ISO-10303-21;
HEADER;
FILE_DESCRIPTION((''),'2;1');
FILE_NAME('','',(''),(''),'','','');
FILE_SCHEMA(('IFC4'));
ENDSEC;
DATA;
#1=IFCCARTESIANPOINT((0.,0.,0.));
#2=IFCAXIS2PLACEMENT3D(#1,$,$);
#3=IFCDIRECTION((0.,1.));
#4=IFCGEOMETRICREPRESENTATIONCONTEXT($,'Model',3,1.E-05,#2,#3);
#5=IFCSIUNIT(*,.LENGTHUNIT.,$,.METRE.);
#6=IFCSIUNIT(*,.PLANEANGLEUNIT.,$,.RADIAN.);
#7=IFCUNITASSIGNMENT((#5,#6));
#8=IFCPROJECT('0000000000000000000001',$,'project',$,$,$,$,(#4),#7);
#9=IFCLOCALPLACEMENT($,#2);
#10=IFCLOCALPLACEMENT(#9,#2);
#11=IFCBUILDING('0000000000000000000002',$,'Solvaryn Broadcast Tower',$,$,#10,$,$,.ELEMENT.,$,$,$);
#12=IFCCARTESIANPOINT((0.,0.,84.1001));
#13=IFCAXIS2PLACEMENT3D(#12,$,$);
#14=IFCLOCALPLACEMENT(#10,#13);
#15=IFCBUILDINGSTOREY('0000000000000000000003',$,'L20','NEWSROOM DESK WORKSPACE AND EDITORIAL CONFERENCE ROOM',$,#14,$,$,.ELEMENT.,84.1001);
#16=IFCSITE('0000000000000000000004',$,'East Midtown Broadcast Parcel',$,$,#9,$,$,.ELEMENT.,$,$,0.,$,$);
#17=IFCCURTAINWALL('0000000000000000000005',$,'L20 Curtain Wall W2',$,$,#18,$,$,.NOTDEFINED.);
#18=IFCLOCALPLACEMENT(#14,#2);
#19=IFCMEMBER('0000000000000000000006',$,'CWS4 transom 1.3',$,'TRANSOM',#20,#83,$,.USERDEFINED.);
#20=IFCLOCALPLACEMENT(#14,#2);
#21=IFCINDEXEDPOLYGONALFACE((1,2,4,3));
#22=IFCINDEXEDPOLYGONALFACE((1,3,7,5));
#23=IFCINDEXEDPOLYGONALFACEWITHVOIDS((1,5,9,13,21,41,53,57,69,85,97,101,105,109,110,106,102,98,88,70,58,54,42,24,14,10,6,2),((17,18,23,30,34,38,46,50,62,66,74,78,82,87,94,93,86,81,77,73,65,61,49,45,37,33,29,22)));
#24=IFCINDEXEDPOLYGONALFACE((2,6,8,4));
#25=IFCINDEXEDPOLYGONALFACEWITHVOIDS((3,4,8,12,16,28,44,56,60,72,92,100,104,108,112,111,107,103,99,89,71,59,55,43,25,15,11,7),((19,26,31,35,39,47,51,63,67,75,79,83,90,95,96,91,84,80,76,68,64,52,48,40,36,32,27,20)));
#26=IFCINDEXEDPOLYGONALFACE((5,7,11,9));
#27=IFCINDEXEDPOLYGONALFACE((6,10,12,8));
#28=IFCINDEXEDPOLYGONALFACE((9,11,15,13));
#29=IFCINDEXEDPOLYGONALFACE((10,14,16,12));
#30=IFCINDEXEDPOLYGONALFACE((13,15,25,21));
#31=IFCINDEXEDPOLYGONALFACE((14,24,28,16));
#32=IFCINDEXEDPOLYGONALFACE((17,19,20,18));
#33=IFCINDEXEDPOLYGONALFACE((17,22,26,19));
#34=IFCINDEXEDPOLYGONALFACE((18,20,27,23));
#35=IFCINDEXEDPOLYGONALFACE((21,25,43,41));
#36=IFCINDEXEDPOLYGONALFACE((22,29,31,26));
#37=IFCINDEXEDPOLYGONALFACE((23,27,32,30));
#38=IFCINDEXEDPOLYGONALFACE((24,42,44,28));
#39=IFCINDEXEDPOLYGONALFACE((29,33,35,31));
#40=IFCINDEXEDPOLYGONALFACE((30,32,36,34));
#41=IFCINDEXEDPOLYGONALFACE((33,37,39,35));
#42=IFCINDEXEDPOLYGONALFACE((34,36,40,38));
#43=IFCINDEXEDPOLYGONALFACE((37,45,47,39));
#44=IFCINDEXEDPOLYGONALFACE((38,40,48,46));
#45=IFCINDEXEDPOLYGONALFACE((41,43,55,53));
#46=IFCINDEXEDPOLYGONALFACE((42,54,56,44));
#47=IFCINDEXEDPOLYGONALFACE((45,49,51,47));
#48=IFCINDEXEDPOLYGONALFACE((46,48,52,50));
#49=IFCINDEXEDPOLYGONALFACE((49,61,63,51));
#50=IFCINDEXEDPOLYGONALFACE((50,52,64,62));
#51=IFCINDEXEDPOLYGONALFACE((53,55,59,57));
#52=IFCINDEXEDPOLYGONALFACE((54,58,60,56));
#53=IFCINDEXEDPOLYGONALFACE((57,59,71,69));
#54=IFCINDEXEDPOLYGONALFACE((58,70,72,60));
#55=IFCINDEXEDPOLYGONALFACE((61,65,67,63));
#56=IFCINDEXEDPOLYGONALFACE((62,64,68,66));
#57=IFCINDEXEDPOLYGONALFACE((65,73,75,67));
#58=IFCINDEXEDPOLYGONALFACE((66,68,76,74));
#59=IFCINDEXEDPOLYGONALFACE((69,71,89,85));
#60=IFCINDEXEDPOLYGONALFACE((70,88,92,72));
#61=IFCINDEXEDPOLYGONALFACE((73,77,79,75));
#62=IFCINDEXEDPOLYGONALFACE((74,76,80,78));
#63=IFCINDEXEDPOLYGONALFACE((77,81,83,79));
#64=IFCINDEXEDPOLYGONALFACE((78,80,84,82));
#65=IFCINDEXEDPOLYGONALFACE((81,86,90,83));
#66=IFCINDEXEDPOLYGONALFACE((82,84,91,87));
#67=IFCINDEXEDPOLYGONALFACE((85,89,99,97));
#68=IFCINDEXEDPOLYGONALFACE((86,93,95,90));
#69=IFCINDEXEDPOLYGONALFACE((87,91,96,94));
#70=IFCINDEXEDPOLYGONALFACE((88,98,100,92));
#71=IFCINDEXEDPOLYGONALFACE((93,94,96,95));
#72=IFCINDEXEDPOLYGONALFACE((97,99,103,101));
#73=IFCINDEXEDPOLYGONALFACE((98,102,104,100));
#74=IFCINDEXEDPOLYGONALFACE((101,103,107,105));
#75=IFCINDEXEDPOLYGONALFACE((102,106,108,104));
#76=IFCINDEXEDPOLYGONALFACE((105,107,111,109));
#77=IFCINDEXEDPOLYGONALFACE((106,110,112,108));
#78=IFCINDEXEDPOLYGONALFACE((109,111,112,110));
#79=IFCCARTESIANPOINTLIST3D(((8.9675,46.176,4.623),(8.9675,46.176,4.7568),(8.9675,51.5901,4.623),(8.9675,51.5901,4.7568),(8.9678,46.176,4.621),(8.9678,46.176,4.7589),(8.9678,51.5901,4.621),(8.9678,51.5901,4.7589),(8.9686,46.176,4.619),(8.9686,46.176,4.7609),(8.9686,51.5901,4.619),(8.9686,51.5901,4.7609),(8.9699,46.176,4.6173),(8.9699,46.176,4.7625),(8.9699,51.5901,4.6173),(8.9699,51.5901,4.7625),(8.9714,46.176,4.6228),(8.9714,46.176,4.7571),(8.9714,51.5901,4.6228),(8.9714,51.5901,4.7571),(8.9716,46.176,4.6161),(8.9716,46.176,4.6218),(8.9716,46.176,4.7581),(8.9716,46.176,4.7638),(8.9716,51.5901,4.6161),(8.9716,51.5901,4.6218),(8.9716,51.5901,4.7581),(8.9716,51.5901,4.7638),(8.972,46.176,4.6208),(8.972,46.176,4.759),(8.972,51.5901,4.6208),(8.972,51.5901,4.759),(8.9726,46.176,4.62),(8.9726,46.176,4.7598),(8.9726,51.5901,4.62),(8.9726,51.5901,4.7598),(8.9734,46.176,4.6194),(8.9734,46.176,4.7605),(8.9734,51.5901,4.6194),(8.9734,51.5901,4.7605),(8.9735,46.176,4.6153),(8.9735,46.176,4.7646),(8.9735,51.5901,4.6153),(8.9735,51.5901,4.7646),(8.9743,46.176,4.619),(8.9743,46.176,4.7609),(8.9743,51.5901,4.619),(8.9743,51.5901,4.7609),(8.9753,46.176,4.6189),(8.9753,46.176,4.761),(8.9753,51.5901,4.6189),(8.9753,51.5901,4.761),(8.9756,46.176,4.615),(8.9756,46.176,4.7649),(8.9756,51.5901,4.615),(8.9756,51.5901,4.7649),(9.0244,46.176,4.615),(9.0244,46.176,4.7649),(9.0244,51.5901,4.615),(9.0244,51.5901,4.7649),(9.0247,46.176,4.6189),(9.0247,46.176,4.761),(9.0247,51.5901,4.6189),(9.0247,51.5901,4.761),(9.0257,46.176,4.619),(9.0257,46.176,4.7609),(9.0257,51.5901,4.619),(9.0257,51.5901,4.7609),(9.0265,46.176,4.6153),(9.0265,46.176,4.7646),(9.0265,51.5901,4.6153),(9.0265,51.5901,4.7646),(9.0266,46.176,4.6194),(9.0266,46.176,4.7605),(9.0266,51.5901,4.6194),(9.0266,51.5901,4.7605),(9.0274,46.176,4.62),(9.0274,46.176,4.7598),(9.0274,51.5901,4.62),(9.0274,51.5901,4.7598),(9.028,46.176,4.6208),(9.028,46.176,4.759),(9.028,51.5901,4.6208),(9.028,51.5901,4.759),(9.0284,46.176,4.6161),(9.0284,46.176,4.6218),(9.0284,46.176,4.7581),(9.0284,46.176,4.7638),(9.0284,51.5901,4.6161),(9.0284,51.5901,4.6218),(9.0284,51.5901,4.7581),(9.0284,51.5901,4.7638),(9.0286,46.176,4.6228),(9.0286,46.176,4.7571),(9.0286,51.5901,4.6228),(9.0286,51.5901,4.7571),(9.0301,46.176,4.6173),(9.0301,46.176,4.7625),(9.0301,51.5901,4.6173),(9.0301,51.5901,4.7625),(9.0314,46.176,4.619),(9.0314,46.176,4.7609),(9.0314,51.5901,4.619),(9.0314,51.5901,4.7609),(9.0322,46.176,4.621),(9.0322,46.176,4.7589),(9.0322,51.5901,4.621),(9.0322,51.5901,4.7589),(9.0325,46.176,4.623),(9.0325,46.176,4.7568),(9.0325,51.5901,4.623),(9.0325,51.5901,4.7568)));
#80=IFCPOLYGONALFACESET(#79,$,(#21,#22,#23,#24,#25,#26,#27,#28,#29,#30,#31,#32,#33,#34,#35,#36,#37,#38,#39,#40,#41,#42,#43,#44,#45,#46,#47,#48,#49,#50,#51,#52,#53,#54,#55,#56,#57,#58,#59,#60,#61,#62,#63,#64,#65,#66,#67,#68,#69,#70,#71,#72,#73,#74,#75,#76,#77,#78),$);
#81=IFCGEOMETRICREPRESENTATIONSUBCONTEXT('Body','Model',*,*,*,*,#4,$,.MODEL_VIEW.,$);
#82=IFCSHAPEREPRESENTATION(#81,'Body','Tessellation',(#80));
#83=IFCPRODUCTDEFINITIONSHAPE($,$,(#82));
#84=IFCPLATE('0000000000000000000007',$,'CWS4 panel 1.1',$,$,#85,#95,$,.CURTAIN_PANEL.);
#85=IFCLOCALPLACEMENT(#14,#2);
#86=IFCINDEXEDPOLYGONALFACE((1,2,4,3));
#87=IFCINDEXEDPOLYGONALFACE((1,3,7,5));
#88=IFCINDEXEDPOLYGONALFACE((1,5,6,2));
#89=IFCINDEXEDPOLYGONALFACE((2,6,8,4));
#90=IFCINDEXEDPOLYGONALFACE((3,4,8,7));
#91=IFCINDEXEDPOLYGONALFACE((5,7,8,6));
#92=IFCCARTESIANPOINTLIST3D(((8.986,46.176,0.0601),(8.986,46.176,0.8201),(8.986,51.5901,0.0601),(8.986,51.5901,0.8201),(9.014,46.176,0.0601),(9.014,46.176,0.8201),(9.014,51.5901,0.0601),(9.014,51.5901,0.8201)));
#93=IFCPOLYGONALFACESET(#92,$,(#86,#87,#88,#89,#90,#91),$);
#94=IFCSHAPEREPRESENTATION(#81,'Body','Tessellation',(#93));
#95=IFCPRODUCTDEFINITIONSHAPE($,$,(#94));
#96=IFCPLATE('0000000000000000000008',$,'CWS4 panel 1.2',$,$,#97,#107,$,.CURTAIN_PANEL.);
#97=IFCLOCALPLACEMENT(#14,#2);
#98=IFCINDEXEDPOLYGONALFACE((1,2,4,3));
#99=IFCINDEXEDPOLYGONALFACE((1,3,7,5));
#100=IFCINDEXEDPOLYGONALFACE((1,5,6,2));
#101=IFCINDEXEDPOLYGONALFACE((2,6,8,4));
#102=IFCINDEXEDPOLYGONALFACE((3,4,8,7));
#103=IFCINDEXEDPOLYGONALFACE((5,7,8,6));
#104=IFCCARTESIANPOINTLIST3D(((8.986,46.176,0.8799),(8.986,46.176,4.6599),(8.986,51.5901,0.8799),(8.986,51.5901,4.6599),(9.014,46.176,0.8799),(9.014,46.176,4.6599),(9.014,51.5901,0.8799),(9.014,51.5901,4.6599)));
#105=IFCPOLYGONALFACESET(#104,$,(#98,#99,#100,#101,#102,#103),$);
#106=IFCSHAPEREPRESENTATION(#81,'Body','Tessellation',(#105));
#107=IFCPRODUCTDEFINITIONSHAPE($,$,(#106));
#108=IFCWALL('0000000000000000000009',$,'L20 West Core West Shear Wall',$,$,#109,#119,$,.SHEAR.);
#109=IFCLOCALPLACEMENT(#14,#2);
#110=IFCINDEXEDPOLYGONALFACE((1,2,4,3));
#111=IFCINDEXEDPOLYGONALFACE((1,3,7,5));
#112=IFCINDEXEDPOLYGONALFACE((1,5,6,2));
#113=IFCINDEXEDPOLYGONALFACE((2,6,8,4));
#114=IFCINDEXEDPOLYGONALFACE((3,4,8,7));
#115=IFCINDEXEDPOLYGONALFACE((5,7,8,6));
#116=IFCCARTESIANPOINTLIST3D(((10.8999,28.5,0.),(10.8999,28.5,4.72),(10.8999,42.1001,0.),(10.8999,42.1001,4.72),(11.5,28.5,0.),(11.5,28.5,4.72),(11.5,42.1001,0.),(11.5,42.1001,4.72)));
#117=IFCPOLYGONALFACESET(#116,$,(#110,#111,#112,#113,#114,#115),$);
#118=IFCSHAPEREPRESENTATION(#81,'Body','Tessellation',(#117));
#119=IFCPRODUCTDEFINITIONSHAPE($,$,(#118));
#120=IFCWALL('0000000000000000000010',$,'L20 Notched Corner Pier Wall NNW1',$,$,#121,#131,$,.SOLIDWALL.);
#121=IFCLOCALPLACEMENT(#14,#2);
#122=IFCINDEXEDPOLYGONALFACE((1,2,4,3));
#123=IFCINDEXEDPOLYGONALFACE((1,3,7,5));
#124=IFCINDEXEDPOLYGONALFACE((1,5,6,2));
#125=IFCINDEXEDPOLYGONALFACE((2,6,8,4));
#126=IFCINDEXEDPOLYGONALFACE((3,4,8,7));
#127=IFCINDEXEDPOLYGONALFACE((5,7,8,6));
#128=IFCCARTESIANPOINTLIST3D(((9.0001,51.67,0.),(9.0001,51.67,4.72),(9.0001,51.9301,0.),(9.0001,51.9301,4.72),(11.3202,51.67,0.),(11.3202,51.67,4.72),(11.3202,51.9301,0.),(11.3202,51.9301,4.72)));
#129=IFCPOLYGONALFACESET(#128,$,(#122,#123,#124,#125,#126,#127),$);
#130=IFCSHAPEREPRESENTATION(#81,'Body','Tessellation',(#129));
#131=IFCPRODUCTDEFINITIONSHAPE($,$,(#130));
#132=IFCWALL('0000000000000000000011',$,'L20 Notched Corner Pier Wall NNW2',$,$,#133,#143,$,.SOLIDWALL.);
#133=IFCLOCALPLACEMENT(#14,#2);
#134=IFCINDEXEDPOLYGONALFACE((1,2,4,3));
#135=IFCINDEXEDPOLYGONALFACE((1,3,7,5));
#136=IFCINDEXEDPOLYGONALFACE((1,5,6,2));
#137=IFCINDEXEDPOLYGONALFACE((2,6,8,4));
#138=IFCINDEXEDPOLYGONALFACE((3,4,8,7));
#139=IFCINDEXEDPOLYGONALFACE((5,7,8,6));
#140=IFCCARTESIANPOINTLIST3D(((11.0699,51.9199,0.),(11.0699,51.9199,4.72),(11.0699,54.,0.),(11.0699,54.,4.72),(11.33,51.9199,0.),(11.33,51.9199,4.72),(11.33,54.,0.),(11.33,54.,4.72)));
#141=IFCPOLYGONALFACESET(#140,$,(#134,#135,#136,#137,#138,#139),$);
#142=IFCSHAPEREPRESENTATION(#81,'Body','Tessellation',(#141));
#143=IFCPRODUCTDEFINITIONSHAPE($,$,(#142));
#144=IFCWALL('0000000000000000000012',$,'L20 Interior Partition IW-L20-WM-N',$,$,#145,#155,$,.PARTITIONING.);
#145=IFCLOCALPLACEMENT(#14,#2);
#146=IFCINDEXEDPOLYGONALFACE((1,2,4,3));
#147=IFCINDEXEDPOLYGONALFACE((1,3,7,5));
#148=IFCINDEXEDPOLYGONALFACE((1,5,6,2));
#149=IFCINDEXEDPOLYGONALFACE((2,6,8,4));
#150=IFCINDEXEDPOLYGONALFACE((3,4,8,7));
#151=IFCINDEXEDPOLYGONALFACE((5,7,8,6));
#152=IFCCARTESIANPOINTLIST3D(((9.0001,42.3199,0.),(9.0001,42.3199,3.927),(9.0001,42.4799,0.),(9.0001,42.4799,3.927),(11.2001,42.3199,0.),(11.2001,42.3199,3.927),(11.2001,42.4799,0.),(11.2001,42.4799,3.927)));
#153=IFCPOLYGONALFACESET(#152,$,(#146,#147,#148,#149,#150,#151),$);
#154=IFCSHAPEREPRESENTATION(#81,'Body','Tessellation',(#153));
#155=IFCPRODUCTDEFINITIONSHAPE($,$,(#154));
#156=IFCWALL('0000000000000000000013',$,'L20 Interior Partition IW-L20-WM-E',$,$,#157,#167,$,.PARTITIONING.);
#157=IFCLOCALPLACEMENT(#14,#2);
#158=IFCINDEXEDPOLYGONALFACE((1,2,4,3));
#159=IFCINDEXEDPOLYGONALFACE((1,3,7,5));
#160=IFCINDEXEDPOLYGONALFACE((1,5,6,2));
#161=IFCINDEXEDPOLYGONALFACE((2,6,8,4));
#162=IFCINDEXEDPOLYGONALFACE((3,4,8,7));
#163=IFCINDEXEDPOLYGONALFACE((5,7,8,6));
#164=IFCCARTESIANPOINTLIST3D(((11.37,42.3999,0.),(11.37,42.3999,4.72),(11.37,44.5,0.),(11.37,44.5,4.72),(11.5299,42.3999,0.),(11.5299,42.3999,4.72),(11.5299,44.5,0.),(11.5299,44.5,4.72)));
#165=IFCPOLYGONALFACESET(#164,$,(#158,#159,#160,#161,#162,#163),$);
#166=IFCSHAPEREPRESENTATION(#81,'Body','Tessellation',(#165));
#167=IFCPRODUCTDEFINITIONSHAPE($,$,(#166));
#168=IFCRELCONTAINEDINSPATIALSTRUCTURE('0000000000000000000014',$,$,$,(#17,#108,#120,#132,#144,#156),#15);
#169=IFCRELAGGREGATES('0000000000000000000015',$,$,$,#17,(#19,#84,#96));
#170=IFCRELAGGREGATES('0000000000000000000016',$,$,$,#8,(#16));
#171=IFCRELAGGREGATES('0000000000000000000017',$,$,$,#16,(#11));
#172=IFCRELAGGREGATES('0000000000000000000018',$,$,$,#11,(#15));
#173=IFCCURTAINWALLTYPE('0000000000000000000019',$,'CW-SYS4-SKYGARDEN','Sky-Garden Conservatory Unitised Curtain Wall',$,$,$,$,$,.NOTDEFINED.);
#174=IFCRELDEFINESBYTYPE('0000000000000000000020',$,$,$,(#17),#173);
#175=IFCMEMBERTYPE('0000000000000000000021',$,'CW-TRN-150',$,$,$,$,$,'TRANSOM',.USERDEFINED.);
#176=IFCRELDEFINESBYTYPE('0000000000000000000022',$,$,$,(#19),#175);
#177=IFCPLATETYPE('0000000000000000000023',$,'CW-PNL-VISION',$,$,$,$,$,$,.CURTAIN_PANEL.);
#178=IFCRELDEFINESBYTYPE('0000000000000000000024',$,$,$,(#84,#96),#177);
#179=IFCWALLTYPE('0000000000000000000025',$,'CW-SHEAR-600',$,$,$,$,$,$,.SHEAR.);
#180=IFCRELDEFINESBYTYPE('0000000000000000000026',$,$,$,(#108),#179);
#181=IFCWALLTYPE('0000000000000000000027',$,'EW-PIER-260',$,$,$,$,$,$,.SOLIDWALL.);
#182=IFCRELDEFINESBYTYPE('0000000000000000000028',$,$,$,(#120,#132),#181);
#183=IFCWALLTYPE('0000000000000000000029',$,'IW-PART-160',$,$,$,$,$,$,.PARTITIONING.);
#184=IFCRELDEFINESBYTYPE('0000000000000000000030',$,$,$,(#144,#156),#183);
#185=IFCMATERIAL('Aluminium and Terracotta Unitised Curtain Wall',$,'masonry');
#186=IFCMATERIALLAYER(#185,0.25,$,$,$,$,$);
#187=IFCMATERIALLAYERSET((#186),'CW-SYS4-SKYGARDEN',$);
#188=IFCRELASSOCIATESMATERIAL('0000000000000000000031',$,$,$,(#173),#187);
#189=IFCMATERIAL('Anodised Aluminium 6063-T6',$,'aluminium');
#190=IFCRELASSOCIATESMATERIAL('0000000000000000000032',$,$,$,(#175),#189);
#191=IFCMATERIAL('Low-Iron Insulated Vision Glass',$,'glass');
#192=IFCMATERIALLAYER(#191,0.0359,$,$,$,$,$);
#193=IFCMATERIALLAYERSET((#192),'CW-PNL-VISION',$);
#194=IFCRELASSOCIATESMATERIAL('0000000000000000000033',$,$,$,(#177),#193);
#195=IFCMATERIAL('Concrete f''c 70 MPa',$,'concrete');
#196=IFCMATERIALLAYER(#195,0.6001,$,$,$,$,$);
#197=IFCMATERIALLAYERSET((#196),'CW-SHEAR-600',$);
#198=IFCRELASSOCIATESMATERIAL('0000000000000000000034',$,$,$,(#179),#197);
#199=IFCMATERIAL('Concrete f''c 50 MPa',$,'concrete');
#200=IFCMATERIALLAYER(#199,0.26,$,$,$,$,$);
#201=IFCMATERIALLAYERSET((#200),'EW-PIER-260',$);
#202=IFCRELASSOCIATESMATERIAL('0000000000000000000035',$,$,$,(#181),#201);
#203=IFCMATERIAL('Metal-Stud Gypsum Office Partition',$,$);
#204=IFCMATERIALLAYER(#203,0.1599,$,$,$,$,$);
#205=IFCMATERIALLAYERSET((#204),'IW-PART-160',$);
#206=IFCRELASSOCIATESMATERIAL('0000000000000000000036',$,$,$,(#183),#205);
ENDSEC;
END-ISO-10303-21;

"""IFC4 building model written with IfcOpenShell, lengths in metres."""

from ifc_helpers import new_model, si_unit, direction, frame, frame_2d, origin, origin_2d, place, context, subcontext, project, spatial, rectangle, hollow_rectangle, extrude, material, layer, layer_set, material_profile, profile_set, type_object, element, aggregate, save


model = new_model("IFC4")

# Units and contexts
model_context = context("Model", 3, precision=1e-05, world=origin(), true_north=direction((0.0, 1.0)))
body_context = subcontext(model_context, "Body", "Model", "MODEL_VIEW")
ifc_project = project(units=[si_unit("LENGTHUNIT", "METRE"), si_unit("PLANEANGLEUNIT", "RADIAN")], contexts=[model_context])

# Site, building, storey
site_placement = place(None, origin())
site = spatial("IfcSite", under=ifc_project, at=site_placement, Name="East Midtown Broadcast Parcel", CompositionType="ELEMENT", RefElevation=0.0)
building_placement = place(site_placement, origin())
building = spatial("IfcBuilding", under=site, at=building_placement, Name="Solvaryn Broadcast Tower", CompositionType="ELEMENT")
storey_placement = place(building_placement, frame((0.0, 0.0, 84.1001)))
storey = spatial("IfcBuildingStorey", under=building, at=storey_placement, Name="L20", Description="NEWSROOM DESK WORKSPACE AND EDITORIAL CONFERENCE ROOM", CompositionType="ELEMENT", Elevation=84.1001)

# Shared definitions
ifc_material_1 = material(Name="Aluminium and Terracotta Unitised Curtain Wall", Category="masonry")
ifc_layer_1 = layer(ifc_material_1, 0.25)
ifc_layer_set_1 = layer_set([ifc_layer_1], Name="CW-SYS4-SKYGARDEN")
curtain_wall_type = type_object("IfcCurtainWallType", Name="CW-SYS4-SKYGARDEN", Description="Sky-Garden Conservatory Unitised Curtain Wall", PredefinedType="NOTDEFINED", material=ifc_layer_set_1)

# Curtain wall
curtain_wall_1_placement = place(storey_placement, origin())
curtain_wall_1 = element("IfcCurtainWall", 1, at=curtain_wall_1_placement, inside=storey, type_object=curtain_wall_type, Name="L20 Curtain Wall W2", PredefinedType="NOTDEFINED")

# Member
ifc_material_2 = material(Name="Anodised Aluminium 6063-T6", Category="aluminium")
ifc_material_profile_1 = material_profile(ifc_material_2, hollow_rectangle(XDim=0.0649, YDim=0.1499, WallThickness=0.0039, InnerFilletRadius=0.0039, OuterFilletRadius=0.0081, at=origin_2d()))
ifc_profile_set_1 = profile_set([ifc_material_profile_1], Name="Anodised Aluminium 6063-T6")
member_type_1 = type_object("IfcMemberType", Name="CW-TRN-150", ElementType="TRANSOM", PredefinedType="USERDEFINED", material=ifc_profile_set_1)
member_1_placement = place(storey_placement, frame((9.0, 46.176, 4.6899), z_axis=(0.0, 1.0, 0.0), x_axis=(-1.0, 0.0, 0.0)))
member_1 = element("IfcMember", 2, at=member_1_placement, type_object=member_type_1, Name="CWS4 transom 1.3", ObjectType="TRANSOM", PredefinedType="USERDEFINED", context=body_context, shape_type="SweptSolid", body=[
    extrude(hollow_rectangle(XDim=0.0649, YDim=0.1499, WallThickness=0.0039, InnerFilletRadius=0.0039, OuterFilletRadius=0.0081, at=origin_2d()), origin(), (0.0, 0.0, 1.0), 5.4141),
])

# Plates
ifc_material_3 = material(Name="Low-Iron Insulated Vision Glass", Category="glass")
ifc_layer_2 = layer(ifc_material_3, 0.0359)
ifc_layer_set_2 = layer_set([ifc_layer_2], Name="CW-PNL-VISION")
plate_type = type_object("IfcPlateType", Name="CW-PNL-VISION", PredefinedType="CURTAIN_PANEL", material=ifc_layer_set_2)
plate_1_placement = place(storey_placement, frame((9.0, 48.8831, 0.0601), z_axis=(0.0, 0.0, 1.0), x_axis=(0.0, 1.0, 0.0)))
plate_1 = element("IfcPlate", 3, at=plate_1_placement, type_object=plate_type, Name="CWS4 panel 1.1", PredefinedType="CURTAIN_PANEL", context=body_context, shape_type="SweptSolid", body=[
    extrude(rectangle(XDim=5.4141, YDim=0.0281, at=origin_2d()), origin(), (0.0, 0.0, 1.0), 0.76),
])
plate_2_placement = place(storey_placement, frame((9.0, 48.8831, 0.8799), z_axis=(0.0, 0.0, 1.0), x_axis=(0.0, 1.0, 0.0)))
plate_2 = element("IfcPlate", 4, at=plate_2_placement, type_object=plate_type, Name="CWS4 panel 1.2", PredefinedType="CURTAIN_PANEL", context=body_context, shape_type="SweptSolid", body=[
    extrude(rectangle(XDim=5.4141, YDim=0.0281, at=origin_2d()), origin(), (0.0, 0.0, 1.0), 3.78),
])
aggregate(curtain_wall_1, [member_1, plate_1, plate_2])

# Walls
ifc_material_4 = material(Name="Concrete f'c 70 MPa", Category="concrete")
ifc_layer_3 = layer(ifc_material_4, 0.6001)
ifc_layer_set_3 = layer_set([ifc_layer_3], Name="CW-SHEAR-600")
wall_type_1 = type_object("IfcWallType", Name="CW-SHEAR-600", PredefinedType="SHEAR", material=ifc_layer_set_3)
wall_1_placement = place(storey_placement, frame((11.2, 42.1001, 0.0), z_axis=(0.0, 0.0, 1.0), x_axis=(0.0, -1.0, 0.0)))
element("IfcWall", 5, at=wall_1_placement, inside=storey, type_object=wall_type_1, Name="L20 West Core West Shear Wall", PredefinedType="SHEAR", context=body_context, shape_type="SweptSolid", body=[
    extrude(rectangle(XDim=13.6001, YDim=0.6001, at=frame_2d((6.8, 0.0))), origin(), (0.0, 0.0, 1.0), 4.72),
])
ifc_material_5 = material(Name="Concrete f'c 50 MPa", Category="concrete")
ifc_layer_4 = layer(ifc_material_5, 0.26)
ifc_layer_set_4 = layer_set([ifc_layer_4], Name="EW-PIER-260")
wall_type_2 = type_object("IfcWallType", Name="EW-PIER-260", PredefinedType="SOLIDWALL", material=ifc_layer_set_4)
wall_2_placement = place(storey_placement, frame((9.0, 51.8, 0.0), z_axis=(0.0, 0.0, 1.0), x_axis=(1.0, 0.0, 0.0)))
element("IfcWall", 6, at=wall_2_placement, inside=storey, type_object=wall_type_2, Name="L20 Notched Corner Pier Wall NNW1", PredefinedType="SOLIDWALL", context=body_context, shape_type="SweptSolid", body=[
    extrude(rectangle(XDim=2.3201, YDim=0.26, at=frame_2d((1.1602, 0.0))), origin(), (0.0, 0.0, 1.0), 4.72),
])
wall_3_placement = place(storey_placement, frame((11.2, 51.9199, 0.0), z_axis=(0.0, 0.0, 1.0), x_axis=(0.0, 1.0, 0.0)))
element("IfcWall", 7, at=wall_3_placement, inside=storey, type_object=wall_type_2, Name="L20 Notched Corner Pier Wall NNW2", PredefinedType="SOLIDWALL", context=body_context, shape_type="SweptSolid", body=[
    extrude(rectangle(XDim=2.0801, YDim=0.26, at=frame_2d((1.04, 0.0))), origin(), (0.0, 0.0, 1.0), 4.72),
])
ifc_material_6 = material(Name="Metal-Stud Gypsum Office Partition")
ifc_layer_5 = layer(ifc_material_6, 0.1599)
ifc_layer_set_5 = layer_set([ifc_layer_5], Name="IW-PART-160")
wall_type_3 = type_object("IfcWallType", Name="IW-PART-160", PredefinedType="PARTITIONING", material=ifc_layer_set_5)
wall_4_placement = place(storey_placement, frame((9.0, 42.3999, 0.0), z_axis=(0.0, 0.0, 1.0), x_axis=(1.0, 0.0, 0.0)))
element("IfcWall", 8, at=wall_4_placement, inside=storey, type_object=wall_type_3, Name="L20 Interior Partition IW-L20-WM-N", PredefinedType="PARTITIONING", context=body_context, shape_type="SweptSolid", body=[
    extrude(rectangle(XDim=2.2, YDim=0.1599, at=frame_2d((1.1001, 0.0))), origin(), (0.0, 0.0, 1.0), 3.927),
])
wall_5_placement = place(storey_placement, frame((11.45, 42.3999, 0.0), z_axis=(0.0, 0.0, 1.0), x_axis=(0.0, 1.0, 0.0)))
element("IfcWall", 9, at=wall_5_placement, inside=storey, type_object=wall_type_3, Name="L20 Interior Partition IW-L20-WM-E", PredefinedType="PARTITIONING", context=body_context, shape_type="SweptSolid", body=[
    extrude(rectangle(XDim=2.1001, YDim=0.1599, at=frame_2d((1.05, 0.0))), origin(), (0.0, 0.0, 1.0), 4.72),
])

save(model, "model.ifc")
